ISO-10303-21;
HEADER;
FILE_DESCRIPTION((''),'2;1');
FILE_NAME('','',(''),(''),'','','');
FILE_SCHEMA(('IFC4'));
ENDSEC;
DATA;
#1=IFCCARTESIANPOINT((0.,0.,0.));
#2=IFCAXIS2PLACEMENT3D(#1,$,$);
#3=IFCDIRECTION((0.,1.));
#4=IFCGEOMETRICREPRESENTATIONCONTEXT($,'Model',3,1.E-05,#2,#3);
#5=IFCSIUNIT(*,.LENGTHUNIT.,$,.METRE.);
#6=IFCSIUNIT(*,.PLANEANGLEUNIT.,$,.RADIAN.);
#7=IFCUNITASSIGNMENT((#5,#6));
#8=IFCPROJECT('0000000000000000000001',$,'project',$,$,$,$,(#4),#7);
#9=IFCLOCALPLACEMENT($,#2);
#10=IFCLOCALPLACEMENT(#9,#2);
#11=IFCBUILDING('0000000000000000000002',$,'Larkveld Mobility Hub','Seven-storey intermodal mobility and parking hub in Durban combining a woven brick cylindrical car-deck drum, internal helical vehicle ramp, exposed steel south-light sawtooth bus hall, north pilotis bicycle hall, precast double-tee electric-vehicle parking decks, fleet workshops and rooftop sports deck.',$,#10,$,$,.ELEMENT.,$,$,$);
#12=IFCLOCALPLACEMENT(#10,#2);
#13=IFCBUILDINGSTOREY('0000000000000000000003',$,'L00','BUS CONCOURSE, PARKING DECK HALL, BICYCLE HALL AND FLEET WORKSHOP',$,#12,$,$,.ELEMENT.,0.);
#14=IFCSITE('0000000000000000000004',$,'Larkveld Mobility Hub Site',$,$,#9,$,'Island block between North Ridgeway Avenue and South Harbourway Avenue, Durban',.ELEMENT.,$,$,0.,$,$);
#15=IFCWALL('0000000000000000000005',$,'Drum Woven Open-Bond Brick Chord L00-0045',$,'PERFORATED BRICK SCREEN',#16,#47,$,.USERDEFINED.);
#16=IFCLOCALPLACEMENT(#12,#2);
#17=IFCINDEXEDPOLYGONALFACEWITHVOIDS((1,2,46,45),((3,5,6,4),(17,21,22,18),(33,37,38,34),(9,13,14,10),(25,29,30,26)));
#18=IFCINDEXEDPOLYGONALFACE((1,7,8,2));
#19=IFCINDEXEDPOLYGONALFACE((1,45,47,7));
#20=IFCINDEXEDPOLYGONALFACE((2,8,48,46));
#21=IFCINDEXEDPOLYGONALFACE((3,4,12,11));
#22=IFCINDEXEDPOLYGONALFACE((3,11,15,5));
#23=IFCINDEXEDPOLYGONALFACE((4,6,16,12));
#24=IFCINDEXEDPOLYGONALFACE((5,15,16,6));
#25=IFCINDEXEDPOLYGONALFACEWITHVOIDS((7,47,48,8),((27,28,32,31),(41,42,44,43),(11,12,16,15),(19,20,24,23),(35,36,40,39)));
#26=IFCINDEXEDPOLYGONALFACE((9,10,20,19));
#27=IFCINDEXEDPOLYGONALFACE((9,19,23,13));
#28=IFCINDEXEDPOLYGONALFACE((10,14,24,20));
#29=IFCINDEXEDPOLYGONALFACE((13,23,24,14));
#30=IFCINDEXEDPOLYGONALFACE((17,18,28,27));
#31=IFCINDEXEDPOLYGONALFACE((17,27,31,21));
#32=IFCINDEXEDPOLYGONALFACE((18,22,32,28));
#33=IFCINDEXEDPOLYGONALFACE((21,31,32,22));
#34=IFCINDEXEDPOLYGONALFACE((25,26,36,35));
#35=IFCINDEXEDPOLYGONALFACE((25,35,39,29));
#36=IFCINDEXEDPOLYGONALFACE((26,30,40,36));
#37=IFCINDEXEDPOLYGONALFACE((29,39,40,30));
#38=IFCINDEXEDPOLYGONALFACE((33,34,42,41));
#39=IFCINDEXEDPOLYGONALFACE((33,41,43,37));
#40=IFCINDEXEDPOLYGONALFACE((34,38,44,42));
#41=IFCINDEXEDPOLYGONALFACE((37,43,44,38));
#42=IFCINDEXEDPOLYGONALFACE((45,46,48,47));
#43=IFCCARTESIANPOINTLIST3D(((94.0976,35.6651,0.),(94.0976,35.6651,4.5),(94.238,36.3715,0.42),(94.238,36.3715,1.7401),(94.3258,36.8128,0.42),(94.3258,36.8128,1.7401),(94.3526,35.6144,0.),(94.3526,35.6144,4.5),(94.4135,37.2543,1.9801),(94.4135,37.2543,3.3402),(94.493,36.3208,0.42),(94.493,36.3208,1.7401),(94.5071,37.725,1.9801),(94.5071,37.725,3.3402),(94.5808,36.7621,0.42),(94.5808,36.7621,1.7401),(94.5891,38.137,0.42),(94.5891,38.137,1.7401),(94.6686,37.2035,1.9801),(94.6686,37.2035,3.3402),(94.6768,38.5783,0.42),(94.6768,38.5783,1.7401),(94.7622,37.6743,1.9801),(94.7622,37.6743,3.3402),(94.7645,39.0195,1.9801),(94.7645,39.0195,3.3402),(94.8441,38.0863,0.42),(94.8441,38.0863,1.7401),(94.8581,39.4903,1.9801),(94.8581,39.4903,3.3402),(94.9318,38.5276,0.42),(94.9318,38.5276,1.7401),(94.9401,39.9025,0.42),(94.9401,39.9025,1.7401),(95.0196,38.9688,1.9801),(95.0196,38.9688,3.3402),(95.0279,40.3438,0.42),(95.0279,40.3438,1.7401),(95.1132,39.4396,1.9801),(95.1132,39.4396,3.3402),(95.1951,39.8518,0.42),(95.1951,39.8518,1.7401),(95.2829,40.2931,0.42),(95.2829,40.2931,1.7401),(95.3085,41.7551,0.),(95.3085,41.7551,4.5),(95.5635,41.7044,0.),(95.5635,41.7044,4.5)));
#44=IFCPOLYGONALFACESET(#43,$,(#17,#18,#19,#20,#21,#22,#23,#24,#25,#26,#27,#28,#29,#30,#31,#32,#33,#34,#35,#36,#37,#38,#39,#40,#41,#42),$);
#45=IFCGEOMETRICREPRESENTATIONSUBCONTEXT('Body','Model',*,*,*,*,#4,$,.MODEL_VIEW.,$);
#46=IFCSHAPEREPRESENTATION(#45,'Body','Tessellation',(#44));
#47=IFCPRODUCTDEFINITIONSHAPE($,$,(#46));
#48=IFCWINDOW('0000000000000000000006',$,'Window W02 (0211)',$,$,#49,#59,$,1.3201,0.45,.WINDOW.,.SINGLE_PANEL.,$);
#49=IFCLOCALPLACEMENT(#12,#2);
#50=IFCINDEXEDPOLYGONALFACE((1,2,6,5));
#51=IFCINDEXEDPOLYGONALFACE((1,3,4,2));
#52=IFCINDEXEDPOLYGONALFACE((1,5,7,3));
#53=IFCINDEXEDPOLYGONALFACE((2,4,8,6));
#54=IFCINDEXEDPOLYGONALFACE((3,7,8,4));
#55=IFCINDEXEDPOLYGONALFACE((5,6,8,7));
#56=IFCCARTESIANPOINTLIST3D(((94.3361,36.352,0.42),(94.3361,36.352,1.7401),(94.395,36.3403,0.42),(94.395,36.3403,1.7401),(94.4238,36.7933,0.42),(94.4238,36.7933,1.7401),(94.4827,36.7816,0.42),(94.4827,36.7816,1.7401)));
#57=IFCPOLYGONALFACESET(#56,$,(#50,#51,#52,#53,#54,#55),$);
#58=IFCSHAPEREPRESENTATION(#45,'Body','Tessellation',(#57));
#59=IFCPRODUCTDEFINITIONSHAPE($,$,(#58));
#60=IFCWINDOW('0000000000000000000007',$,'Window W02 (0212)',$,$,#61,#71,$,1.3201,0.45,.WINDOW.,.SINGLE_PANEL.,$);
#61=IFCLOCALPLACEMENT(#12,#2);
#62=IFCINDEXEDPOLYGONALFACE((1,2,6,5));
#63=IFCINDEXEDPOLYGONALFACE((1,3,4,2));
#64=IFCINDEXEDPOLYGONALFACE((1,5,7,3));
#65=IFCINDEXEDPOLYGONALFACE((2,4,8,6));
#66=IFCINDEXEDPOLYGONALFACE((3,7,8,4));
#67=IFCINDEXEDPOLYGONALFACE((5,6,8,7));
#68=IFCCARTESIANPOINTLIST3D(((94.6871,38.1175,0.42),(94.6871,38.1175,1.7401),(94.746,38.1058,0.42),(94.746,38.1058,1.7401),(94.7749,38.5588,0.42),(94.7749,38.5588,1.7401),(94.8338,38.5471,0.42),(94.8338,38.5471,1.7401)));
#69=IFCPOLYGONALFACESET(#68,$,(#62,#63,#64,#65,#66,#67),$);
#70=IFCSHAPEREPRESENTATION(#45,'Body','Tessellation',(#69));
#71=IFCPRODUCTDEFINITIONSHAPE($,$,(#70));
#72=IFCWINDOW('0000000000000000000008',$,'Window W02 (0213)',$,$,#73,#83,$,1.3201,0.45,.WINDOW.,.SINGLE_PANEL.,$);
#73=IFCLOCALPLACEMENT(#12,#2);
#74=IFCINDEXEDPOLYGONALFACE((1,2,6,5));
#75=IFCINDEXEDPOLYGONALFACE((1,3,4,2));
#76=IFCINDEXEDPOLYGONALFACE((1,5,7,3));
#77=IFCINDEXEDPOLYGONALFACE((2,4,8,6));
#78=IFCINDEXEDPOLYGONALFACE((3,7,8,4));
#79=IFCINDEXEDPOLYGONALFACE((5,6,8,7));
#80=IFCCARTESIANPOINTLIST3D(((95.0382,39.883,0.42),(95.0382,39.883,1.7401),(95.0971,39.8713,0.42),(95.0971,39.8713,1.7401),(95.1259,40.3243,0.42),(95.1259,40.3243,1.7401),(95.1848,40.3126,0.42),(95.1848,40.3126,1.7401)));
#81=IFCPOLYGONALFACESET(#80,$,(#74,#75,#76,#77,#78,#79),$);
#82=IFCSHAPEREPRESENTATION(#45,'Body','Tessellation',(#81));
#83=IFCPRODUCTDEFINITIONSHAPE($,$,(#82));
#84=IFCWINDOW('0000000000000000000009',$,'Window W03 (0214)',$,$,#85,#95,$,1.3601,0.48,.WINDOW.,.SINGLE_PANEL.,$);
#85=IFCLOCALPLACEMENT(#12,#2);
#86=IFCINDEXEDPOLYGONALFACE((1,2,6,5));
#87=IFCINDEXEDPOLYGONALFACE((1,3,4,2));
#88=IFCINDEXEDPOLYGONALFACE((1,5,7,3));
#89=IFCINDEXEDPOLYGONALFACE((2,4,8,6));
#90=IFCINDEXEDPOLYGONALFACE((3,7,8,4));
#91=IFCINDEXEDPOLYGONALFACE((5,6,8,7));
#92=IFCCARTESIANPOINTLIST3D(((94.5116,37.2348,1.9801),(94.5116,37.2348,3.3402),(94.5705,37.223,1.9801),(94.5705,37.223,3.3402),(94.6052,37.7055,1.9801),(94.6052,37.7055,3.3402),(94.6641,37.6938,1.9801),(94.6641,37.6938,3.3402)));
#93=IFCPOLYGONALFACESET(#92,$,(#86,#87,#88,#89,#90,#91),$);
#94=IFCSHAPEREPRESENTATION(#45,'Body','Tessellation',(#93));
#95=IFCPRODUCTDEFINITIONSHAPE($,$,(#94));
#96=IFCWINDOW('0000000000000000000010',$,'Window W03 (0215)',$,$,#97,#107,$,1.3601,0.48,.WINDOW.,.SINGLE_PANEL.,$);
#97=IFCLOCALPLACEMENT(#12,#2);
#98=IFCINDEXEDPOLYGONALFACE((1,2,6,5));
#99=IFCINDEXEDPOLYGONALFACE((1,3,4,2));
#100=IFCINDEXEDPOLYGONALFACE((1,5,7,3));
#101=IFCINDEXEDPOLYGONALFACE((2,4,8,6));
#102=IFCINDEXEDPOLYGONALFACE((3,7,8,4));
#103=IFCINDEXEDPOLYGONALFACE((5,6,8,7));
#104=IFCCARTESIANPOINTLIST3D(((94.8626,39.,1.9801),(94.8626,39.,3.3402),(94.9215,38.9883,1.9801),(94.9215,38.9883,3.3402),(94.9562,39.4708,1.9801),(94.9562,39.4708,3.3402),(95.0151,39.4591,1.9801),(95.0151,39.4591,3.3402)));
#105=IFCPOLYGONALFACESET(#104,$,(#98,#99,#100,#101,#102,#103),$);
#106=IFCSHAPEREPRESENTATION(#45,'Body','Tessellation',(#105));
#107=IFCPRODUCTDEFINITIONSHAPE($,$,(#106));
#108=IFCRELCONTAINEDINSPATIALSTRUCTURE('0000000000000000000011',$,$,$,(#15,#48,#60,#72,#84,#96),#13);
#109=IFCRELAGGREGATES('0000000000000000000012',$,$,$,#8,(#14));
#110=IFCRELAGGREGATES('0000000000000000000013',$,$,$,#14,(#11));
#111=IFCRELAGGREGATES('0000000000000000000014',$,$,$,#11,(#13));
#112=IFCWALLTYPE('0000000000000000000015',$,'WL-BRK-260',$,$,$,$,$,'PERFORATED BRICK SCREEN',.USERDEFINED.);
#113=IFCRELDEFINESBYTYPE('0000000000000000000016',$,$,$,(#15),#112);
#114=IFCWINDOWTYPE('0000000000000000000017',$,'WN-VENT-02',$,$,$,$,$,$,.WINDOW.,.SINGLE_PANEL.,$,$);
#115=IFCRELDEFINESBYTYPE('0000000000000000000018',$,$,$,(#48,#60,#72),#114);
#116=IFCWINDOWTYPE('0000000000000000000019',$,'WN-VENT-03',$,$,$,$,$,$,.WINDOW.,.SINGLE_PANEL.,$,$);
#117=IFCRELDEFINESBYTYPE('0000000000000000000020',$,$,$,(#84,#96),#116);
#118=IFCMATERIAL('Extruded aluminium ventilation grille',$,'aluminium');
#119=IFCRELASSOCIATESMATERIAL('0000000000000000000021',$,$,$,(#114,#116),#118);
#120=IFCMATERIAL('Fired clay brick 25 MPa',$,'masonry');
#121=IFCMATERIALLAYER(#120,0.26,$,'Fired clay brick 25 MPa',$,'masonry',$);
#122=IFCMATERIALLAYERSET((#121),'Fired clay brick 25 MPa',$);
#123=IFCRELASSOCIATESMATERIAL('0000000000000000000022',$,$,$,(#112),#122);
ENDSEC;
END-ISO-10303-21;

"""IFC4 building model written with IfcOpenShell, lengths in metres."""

from ifc_helpers import new_model, si_unit, direction, frame, frame_2d, origin, place, context, subcontext, project, spatial, rectangle, extrude, material, layer, layer_set, type_object, element, fill, save


model = new_model("IFC4")

# Units and contexts
model_context = context("Model", 3, precision=1e-05, world=origin(), true_north=direction((0.0, 1.0)))
body_context = subcontext(model_context, "Body", "Model", "MODEL_VIEW")
ifc_project = project(units=[si_unit("LENGTHUNIT", "METRE"), si_unit("PLANEANGLEUNIT", "RADIAN")], contexts=[model_context])

# Site, building, storey
site_placement = place(None, origin())
site = spatial("IfcSite", under=ifc_project, at=site_placement, Name="Larkveld Mobility Hub Site", LongName="Island block between North Ridgeway Avenue and South Harbourway Avenue, Durban", CompositionType="ELEMENT", RefElevation=0.0)
building_placement = place(site_placement, origin())
building = spatial("IfcBuilding", under=site, at=building_placement, Name="Larkveld Mobility Hub", Description="Seven-storey intermodal mobility and parking hub in Durban combining a woven brick cylindrical car-deck drum, internal helical vehicle ramp, exposed steel south-light sawtooth bus hall, north pilotis bicycle hall, precast double-tee electric-vehicle parking decks, fleet workshops and rooftop sports deck.", CompositionType="ELEMENT")
storey_placement = place(building_placement, origin())
storey = spatial("IfcBuildingStorey", under=building, at=storey_placement, Name="L00", Description="BUS CONCOURSE, PARKING DECK HALL, BICYCLE HALL AND FLEET WORKSHOP", CompositionType="ELEMENT", Elevation=0.0)

# Wall, openings, windows
ifc_material_1 = material(Name="Fired clay brick 25 MPa", Category="masonry")
ifc_material_2 = material(Name="Extruded aluminium ventilation grille", Category="aluminium")
window_type_1 = type_object("IfcWindowType", Name="WN-VENT-02", PartitioningType="SINGLE_PANEL", PredefinedType="WINDOW", material=ifc_material_2)
ifc_layer_1 = layer(ifc_material_1, 0.26, Name="Fired clay brick 25 MPa", Category="masonry")
ifc_layer_set_1 = layer_set([ifc_layer_1], Name="Fired clay brick 25 MPa")
wall_type_1 = type_object("IfcWallType", Name="WL-BRK-260", ElementType="PERFORATED BRICK SCREEN", PredefinedType="USERDEFINED", material=ifc_layer_set_1)
wall_1_placement = place(storey_placement, frame((94.2251, 35.6399, 0.0), z_axis=(0.0, 0.0, 1.0), x_axis=(0.19502, 0.980799, 0.0)))
wall_1 = element("IfcWall", 1, at=wall_1_placement, inside=storey, type_object=wall_type_1, Name="Drum Woven Open-Bond Brick Chord L00-0045", ObjectType="PERFORATED BRICK SCREEN", PredefinedType="USERDEFINED", context=body_context, shape_type="SweptSolid", body=[
    extrude(rectangle(XDim=6.2092, YDim=0.26, at=frame_2d((3.1045, 0.0))), origin(), (0.0, 0.0, 1.0), 4.5),
])
opening_1_placement = place(wall_1_placement, frame((0.72, 0.0, 0.4199)))
opening_1 = element("IfcOpeningElement", 2, at=opening_1_placement, cuts=wall_1, PredefinedType="OPENING", context=body_context, shape_type="SweptSolid", body=[
    extrude(rectangle(XDim=0.45, YDim=1.3201, at=frame_2d((0.2251, 0.6602))), frame((0.0, 0.1401, 0.0), z_axis=(0.0, -1.0, 0.0), x_axis=(1.0, 0.0, 0.0)), (0.0, 0.0, 1.0), 0.28),
])
opening_2_placement = place(wall_1_placement, frame((2.52, 0.0, 0.4199)))
opening_2 = element("IfcOpeningElement", 3, at=opening_2_placement, cuts=wall_1, PredefinedType="OPENING", context=body_context, shape_type="SweptSolid", body=[
    extrude(rectangle(XDim=0.45, YDim=1.3201, at=frame_2d((0.2251, 0.6602))), frame((0.0, 0.1401, 0.0), z_axis=(0.0, -1.0, 0.0), x_axis=(1.0, 0.0, 0.0)), (0.0, 0.0, 1.0), 0.28),
])
opening_3_placement = place(wall_1_placement, frame((4.3201, 0.0, 0.4199)))
opening_3 = element("IfcOpeningElement", 4, at=opening_3_placement, cuts=wall_1, PredefinedType="OPENING", context=body_context, shape_type="SweptSolid", body=[
    extrude(rectangle(XDim=0.45, YDim=1.3201, at=frame_2d((0.2251, 0.6602))), frame((0.0, 0.1401, 0.0), z_axis=(0.0, -1.0, 0.0), x_axis=(1.0, 0.0, 0.0)), (0.0, 0.0, 1.0), 0.28),
])
opening_4_placement = place(wall_1_placement, frame((1.6201, 0.0, 1.98)))
opening_4 = element("IfcOpeningElement", 5, at=opening_4_placement, cuts=wall_1, PredefinedType="OPENING", context=body_context, shape_type="SweptSolid", body=[
    extrude(rectangle(XDim=0.48, YDim=1.3601, at=frame_2d((0.24, 0.6802))), frame((0.0, 0.1401, 0.0), z_axis=(0.0, -1.0, 0.0), x_axis=(1.0, 0.0, 0.0)), (0.0, 0.0, 1.0), 0.28),
])
opening_5_placement = place(wall_1_placement, frame((3.4199, 0.0, 1.98)))
opening_5 = element("IfcOpeningElement", 6, at=opening_5_placement, cuts=wall_1, PredefinedType="OPENING", context=body_context, shape_type="SweptSolid", body=[
    extrude(rectangle(XDim=0.48, YDim=1.3601, at=frame_2d((0.24, 0.6802))), frame((0.0, 0.1401, 0.0), z_axis=(0.0, -1.0, 0.0), x_axis=(1.0, 0.0, 0.0)), (0.0, 0.0, 1.0), 0.28),
])
window_1_placement = place(opening_1_placement, origin())
window_1 = element("IfcWindow", 7, at=window_1_placement, inside=storey, type_object=window_type_1, Name="Window W02 (0211)", OverallHeight=1.3201, OverallWidth=0.45, PartitioningType="SINGLE_PANEL", PredefinedType="WINDOW", context=body_context, shape_type="SweptSolid", body=[
    extrude(rectangle(XDim=0.45, YDim=1.3201, at=frame_2d((0.2251, 0.6602))), frame((0.0, 0.03, 0.0), z_axis=(0.0, -1.0, 0.0), x_axis=(1.0, 0.0, 0.0)), (0.0, 0.0, 1.0), 0.0601),
])
fill(opening_1, window_1)
window_2_placement = place(opening_2_placement, origin())
window_2 = element("IfcWindow", 8, at=window_2_placement, inside=storey, type_object=window_type_1, Name="Window W02 (0212)", OverallHeight=1.3201, OverallWidth=0.45, PartitioningType="SINGLE_PANEL", PredefinedType="WINDOW", context=body_context, shape_type="SweptSolid", body=[
    extrude(rectangle(XDim=0.45, YDim=1.3201, at=frame_2d((0.2251, 0.6602))), frame((0.0, 0.03, 0.0), z_axis=(0.0, -1.0, 0.0), x_axis=(1.0, 0.0, 0.0)), (0.0, 0.0, 1.0), 0.0601),
])
fill(opening_2, window_2)
window_3_placement = place(opening_3_placement, origin())
window_3 = element("IfcWindow", 9, at=window_3_placement, inside=storey, type_object=window_type_1, Name="Window W02 (0213)", OverallHeight=1.3201, OverallWidth=0.45, PartitioningType="SINGLE_PANEL", PredefinedType="WINDOW", context=body_context, shape_type="SweptSolid", body=[
    extrude(rectangle(XDim=0.45, YDim=1.3201, at=frame_2d((0.2251, 0.6602))), frame((0.0, 0.03, 0.0), z_axis=(0.0, -1.0, 0.0), x_axis=(1.0, 0.0, 0.0)), (0.0, 0.0, 1.0), 0.0601),
])
fill(opening_3, window_3)
window_type_2 = type_object("IfcWindowType", Name="WN-VENT-03", PartitioningType="SINGLE_PANEL", PredefinedType="WINDOW", material=ifc_material_2)
window_4_placement = place(opening_4_placement, origin())
window_4 = element("IfcWindow", 10, at=window_4_placement, inside=storey, type_object=window_type_2, Name="Window W03 (0214)", OverallHeight=1.3601, OverallWidth=0.48, PartitioningType="SINGLE_PANEL", PredefinedType="WINDOW", context=body_context, shape_type="SweptSolid", body=[
    extrude(rectangle(XDim=0.48, YDim=1.3601, at=frame_2d((0.24, 0.6802))), frame((0.0, 0.03, 0.0), z_axis=(0.0, -1.0, 0.0), x_axis=(1.0, 0.0, 0.0)), (0.0, 0.0, 1.0), 0.0601),
])
fill(opening_4, window_4)
window_5_placement = place(opening_5_placement, origin())
window_5 = element("IfcWindow", 11, at=window_5_placement, inside=storey, type_object=window_type_2, Name="Window W03 (0215)", OverallHeight=1.3601, OverallWidth=0.48, PartitioningType="SINGLE_PANEL", PredefinedType="WINDOW", context=body_context, shape_type="SweptSolid", body=[
    extrude(rectangle(XDim=0.48, YDim=1.3601, at=frame_2d((0.24, 0.6802))), frame((0.0, 0.03, 0.0), z_axis=(0.0, -1.0, 0.0), x_axis=(1.0, 0.0, 0.0)), (0.0, 0.0, 1.0), 0.0601),
])
fill(opening_5, window_5)

save(model, "model.ifc")
